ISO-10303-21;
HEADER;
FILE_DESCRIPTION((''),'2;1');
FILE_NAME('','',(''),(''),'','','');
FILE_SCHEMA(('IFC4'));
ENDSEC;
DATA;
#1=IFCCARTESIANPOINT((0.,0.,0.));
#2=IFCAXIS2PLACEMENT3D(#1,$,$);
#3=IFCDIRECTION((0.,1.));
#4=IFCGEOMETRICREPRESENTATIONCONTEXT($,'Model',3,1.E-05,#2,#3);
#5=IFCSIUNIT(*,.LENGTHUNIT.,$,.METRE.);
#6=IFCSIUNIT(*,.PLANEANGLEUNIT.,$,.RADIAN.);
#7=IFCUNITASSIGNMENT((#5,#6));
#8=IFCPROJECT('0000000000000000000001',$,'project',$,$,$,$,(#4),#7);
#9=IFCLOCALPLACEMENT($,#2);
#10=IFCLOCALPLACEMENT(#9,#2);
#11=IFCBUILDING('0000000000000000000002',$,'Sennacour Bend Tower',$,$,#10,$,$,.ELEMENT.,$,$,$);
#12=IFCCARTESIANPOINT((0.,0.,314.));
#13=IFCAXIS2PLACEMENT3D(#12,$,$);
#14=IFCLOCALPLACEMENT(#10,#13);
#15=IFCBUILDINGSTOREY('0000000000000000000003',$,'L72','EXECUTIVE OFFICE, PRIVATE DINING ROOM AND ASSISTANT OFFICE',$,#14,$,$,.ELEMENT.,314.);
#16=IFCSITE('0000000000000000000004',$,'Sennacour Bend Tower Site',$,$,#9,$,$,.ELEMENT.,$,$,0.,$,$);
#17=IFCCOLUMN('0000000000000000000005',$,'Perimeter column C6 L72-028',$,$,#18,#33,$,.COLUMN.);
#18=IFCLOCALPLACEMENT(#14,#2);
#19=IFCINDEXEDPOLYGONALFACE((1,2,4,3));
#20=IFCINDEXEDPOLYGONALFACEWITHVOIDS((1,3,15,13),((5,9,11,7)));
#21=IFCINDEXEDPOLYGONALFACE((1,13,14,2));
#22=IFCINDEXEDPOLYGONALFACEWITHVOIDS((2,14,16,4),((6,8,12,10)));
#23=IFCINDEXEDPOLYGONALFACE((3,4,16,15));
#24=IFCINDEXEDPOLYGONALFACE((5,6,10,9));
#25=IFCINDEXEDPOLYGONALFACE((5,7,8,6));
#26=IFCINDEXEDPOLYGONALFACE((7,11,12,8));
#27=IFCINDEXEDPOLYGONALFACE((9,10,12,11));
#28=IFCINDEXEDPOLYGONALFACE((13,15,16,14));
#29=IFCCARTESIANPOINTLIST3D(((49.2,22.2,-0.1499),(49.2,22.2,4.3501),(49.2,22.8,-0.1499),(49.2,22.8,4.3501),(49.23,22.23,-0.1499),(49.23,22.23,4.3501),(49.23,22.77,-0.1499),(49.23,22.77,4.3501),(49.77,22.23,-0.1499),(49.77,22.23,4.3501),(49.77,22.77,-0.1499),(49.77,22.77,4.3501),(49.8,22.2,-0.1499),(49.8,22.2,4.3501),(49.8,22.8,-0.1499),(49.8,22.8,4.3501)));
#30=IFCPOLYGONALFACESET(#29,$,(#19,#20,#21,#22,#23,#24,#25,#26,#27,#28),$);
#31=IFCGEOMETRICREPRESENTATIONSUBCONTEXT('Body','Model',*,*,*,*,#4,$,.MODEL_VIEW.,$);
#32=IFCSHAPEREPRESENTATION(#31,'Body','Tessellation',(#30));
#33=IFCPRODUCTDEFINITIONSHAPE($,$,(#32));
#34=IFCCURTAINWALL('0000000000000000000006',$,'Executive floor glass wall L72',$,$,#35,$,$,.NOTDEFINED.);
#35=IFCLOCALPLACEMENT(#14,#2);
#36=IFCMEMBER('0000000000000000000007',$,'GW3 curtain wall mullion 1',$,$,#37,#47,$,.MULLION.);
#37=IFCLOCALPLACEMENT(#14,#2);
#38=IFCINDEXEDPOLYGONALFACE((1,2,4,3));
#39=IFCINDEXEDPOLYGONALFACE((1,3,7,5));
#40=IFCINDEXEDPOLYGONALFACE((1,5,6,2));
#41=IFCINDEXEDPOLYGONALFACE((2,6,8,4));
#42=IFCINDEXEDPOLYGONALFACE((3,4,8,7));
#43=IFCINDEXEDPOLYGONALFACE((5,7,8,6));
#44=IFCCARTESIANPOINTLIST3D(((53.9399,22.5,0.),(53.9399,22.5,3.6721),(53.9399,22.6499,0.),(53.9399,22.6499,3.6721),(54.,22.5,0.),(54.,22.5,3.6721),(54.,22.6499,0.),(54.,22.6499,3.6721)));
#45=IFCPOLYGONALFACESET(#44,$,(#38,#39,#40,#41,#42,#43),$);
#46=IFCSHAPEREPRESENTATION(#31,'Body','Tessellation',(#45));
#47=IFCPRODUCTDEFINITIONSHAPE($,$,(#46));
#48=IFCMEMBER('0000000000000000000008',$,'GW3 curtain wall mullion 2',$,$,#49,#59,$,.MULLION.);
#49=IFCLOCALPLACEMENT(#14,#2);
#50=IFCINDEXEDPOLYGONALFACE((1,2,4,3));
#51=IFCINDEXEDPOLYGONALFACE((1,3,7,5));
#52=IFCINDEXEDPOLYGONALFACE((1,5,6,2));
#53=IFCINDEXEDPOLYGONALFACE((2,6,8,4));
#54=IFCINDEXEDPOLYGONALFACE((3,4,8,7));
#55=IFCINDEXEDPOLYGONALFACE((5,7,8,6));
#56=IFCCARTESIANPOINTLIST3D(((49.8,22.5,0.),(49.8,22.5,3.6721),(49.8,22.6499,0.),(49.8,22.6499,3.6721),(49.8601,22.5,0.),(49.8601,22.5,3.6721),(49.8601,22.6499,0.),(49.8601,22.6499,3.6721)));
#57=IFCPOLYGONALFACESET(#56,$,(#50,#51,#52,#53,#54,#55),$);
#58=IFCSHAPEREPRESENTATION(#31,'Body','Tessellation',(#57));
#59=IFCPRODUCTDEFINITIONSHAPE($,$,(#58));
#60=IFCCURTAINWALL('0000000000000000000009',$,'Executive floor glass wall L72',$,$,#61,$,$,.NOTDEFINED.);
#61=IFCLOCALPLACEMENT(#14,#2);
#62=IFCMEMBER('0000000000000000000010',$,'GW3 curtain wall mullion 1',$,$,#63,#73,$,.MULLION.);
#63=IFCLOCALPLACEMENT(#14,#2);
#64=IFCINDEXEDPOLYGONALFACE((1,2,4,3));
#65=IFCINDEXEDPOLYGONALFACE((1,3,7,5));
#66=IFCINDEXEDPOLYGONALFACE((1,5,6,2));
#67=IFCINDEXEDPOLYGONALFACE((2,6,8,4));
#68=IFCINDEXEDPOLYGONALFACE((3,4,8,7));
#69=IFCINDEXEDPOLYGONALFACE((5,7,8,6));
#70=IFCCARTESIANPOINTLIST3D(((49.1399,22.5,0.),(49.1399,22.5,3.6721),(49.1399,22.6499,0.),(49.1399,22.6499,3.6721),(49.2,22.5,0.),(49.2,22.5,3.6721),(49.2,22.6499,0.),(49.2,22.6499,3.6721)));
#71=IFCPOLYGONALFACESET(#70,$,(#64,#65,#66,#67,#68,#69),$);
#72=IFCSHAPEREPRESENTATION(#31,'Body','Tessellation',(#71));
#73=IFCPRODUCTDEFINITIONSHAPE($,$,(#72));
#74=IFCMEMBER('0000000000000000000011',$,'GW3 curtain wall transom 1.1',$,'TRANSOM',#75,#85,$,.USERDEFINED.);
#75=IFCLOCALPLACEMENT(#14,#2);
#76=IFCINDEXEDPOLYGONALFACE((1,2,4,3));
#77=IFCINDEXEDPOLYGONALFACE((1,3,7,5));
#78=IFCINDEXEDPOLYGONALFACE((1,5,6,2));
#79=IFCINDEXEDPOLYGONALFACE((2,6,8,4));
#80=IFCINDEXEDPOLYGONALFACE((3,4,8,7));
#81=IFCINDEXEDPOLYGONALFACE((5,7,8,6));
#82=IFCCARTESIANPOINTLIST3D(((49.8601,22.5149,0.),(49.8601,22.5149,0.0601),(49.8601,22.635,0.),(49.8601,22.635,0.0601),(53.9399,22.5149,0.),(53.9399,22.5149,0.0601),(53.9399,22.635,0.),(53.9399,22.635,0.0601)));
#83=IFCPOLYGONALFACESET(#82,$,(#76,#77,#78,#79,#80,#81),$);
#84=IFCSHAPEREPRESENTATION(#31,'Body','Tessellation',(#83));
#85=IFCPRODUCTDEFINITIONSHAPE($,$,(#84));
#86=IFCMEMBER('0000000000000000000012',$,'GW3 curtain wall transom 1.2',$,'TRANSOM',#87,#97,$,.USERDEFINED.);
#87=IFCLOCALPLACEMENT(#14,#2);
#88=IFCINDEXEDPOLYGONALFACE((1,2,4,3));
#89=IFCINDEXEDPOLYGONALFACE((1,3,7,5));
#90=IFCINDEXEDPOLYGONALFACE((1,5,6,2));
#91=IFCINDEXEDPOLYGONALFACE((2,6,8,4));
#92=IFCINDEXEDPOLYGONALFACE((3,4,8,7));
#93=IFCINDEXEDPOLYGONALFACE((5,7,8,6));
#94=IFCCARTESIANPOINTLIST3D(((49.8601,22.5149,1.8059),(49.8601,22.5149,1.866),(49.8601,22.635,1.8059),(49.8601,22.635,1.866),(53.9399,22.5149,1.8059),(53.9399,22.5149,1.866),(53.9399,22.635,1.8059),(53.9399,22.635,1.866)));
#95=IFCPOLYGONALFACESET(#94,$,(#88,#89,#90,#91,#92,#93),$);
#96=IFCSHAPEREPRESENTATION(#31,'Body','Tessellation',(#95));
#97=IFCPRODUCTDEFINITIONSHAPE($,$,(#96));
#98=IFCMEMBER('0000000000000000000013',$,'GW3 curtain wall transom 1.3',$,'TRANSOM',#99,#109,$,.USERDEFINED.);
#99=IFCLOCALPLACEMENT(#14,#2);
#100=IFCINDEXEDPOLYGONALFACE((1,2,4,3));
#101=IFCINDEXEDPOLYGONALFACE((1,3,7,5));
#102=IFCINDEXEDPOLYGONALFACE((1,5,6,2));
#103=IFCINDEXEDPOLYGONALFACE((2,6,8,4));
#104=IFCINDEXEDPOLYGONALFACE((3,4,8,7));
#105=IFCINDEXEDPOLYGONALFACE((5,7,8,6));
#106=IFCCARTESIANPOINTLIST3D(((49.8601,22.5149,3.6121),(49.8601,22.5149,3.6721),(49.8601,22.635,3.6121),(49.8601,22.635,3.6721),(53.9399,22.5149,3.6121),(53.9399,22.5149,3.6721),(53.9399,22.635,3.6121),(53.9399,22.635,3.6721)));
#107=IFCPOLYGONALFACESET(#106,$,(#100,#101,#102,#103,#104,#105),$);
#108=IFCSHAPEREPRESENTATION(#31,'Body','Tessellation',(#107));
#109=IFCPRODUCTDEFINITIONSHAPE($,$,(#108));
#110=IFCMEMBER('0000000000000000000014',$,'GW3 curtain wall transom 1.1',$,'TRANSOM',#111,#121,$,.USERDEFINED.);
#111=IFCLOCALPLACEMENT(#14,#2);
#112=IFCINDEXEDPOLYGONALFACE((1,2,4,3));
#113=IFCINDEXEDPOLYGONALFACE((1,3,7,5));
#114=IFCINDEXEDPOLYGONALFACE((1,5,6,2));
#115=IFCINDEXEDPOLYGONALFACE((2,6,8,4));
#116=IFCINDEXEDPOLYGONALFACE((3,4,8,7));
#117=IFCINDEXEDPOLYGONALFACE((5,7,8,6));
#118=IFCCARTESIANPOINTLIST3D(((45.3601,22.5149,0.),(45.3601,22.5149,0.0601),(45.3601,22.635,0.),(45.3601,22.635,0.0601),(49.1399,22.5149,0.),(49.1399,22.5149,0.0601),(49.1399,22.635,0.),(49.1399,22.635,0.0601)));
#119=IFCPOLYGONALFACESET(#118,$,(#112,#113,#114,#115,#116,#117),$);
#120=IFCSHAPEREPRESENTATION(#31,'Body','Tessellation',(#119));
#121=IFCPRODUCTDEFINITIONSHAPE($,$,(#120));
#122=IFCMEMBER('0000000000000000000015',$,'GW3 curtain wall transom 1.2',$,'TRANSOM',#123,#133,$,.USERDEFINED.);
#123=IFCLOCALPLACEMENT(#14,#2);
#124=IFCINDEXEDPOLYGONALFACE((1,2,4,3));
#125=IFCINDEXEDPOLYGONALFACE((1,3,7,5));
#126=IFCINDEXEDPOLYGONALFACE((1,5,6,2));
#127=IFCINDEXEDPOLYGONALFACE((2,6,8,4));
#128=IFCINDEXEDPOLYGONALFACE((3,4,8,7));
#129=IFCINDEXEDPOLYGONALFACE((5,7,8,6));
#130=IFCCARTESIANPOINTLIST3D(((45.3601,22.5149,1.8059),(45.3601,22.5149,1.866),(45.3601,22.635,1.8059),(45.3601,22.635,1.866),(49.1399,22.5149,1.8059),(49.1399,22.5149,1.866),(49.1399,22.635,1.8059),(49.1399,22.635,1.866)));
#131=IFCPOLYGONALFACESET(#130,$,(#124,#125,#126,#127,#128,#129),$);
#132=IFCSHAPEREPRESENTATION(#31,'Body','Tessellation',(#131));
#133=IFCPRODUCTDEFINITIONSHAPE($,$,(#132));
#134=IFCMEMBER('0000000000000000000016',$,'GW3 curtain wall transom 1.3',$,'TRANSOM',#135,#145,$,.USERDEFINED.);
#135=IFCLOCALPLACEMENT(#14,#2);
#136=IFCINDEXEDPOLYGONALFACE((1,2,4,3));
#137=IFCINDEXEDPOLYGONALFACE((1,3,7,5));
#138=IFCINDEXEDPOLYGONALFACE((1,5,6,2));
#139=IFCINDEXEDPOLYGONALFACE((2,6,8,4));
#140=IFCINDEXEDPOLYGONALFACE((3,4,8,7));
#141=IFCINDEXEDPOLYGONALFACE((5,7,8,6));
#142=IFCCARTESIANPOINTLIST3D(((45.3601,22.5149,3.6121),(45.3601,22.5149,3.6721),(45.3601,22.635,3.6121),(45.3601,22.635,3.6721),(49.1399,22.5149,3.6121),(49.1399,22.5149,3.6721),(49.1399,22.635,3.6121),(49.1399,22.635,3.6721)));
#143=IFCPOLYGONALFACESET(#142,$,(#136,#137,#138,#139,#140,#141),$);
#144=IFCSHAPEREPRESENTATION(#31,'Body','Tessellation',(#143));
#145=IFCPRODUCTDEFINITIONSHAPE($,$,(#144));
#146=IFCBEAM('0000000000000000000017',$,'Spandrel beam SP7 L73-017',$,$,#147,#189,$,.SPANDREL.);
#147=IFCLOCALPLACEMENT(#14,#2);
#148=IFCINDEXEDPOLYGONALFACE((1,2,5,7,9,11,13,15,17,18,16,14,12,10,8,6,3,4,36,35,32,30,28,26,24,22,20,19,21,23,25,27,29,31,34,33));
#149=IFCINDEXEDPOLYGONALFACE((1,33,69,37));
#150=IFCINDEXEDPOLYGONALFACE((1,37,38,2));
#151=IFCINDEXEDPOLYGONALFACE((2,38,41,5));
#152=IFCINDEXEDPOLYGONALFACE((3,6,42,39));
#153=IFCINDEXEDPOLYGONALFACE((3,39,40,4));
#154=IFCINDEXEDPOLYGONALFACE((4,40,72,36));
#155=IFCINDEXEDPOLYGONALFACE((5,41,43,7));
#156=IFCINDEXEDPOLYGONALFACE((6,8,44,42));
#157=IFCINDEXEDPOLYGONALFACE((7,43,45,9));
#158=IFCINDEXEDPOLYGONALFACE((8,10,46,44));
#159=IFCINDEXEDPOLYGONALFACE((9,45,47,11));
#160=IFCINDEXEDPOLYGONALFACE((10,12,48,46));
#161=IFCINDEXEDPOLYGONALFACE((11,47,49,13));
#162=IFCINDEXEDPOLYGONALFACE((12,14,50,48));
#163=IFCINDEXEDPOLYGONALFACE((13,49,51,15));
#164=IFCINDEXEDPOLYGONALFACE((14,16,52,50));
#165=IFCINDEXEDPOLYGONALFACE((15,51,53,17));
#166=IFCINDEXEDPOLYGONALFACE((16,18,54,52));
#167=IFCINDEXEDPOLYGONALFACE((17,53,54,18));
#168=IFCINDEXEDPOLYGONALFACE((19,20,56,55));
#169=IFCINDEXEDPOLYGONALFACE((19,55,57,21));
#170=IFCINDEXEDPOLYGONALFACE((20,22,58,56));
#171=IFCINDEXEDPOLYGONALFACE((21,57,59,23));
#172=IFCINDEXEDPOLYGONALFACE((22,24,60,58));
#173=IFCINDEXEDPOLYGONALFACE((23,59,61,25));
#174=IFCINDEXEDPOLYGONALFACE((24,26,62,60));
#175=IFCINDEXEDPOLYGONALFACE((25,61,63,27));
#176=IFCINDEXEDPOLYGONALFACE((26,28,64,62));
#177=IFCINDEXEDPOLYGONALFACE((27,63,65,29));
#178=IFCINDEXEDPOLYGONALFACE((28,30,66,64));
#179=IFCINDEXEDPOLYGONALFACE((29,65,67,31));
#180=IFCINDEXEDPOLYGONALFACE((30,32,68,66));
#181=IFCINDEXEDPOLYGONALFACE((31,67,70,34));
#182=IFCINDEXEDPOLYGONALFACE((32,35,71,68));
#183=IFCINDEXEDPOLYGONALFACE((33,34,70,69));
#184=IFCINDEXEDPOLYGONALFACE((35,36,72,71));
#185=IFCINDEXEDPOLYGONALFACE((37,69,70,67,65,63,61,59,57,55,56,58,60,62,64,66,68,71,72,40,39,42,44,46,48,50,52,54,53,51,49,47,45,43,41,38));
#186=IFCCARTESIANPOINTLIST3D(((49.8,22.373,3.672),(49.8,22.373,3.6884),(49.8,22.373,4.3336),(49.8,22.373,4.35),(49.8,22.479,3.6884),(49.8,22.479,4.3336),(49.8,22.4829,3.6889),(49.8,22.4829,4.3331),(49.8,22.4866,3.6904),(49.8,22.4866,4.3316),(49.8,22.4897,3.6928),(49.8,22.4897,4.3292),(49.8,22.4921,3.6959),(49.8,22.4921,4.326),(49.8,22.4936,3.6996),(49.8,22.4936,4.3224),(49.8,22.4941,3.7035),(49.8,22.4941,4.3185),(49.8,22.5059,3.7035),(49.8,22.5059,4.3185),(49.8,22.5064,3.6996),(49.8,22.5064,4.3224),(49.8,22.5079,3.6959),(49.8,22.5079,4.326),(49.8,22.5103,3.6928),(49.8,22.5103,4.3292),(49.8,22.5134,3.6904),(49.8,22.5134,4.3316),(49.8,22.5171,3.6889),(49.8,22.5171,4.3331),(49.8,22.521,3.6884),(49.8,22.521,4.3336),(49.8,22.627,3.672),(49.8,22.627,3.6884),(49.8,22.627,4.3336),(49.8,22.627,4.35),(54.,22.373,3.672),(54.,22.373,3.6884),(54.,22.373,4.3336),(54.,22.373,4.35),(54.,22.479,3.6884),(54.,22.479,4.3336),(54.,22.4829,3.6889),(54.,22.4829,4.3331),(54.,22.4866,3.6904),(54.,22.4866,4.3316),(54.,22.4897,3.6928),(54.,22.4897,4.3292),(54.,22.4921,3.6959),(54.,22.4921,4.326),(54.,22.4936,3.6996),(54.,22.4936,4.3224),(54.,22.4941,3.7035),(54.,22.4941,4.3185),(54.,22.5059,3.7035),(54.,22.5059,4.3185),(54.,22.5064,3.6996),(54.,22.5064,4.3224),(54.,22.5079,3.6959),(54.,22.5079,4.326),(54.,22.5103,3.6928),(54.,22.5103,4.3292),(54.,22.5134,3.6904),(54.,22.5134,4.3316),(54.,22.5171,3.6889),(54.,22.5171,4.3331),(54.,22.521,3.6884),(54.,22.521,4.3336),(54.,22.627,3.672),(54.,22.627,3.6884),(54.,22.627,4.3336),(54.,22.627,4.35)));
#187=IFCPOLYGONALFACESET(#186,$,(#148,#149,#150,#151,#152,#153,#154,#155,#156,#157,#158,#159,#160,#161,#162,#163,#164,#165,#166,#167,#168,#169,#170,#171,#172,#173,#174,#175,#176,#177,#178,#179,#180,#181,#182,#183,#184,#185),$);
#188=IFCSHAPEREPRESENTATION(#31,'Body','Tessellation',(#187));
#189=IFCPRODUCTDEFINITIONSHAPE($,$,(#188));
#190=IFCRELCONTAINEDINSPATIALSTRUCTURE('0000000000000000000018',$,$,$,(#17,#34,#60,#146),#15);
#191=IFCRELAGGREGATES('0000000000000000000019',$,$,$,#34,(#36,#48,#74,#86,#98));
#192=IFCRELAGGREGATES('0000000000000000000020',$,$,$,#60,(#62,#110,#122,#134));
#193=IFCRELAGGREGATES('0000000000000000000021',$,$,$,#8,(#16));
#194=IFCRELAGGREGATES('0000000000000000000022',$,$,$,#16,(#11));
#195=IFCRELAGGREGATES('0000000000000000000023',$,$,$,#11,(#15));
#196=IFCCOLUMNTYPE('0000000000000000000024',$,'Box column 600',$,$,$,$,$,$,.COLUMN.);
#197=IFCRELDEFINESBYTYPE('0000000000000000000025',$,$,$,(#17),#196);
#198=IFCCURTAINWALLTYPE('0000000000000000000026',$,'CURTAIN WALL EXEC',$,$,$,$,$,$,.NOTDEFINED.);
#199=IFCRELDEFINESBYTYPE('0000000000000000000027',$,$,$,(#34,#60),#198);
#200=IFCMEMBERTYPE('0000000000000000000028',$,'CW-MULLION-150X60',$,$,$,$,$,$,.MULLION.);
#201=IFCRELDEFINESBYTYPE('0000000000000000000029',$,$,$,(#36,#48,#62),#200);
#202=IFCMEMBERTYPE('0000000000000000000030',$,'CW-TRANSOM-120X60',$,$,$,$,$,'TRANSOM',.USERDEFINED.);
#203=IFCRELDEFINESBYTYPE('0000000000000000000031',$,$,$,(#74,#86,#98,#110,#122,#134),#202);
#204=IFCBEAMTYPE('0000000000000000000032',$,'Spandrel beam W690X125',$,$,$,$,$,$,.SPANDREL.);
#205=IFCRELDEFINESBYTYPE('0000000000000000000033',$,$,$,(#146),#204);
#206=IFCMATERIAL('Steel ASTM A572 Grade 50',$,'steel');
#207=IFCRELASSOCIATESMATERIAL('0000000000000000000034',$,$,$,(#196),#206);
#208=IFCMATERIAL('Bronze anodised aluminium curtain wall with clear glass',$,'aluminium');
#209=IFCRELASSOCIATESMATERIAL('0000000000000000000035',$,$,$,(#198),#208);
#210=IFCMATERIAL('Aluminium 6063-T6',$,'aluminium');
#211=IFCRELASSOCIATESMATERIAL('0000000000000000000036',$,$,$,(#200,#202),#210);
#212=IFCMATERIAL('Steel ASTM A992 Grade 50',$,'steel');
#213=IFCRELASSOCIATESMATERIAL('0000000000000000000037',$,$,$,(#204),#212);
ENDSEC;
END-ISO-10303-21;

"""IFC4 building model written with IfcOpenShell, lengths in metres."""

from ifc_helpers import new_model, si_unit, direction, frame, origin, origin_2d, place, context, subcontext, project, spatial, rectangle, hollow_rectangle, i_section, extrude, material, material_profile, profile_set, type_object, element, aggregate, save


model = new_model("IFC4")

# Units and contexts
model_context = context("Model", 3, precision=1e-05, world=origin(), true_north=direction((0.0, 1.0)))
body_context = subcontext(model_context, "Body", "Model", "MODEL_VIEW")
ifc_project = project(units=[si_unit("LENGTHUNIT", "METRE"), si_unit("PLANEANGLEUNIT", "RADIAN")], contexts=[model_context])

# Site, building, storey
site_placement = place(None, origin())
site = spatial("IfcSite", under=ifc_project, at=site_placement, Name="Sennacour Bend Tower Site", CompositionType="ELEMENT", RefElevation=0.0)
building_placement = place(site_placement, origin())
building = spatial("IfcBuilding", under=site, at=building_placement, Name="Sennacour Bend Tower", CompositionType="ELEMENT")
storey_placement = place(building_placement, frame((0.0, 0.0, 314.0)))
storey = spatial("IfcBuildingStorey", under=building, at=storey_placement, Name="L72", Description="EXECUTIVE OFFICE, PRIVATE DINING ROOM AND ASSISTANT OFFICE", CompositionType="ELEMENT", Elevation=314.0)

# Column
ifc_material_1 = material(Name="Steel ASTM A572 Grade 50", Category="steel")
ifc_material_profile_1 = material_profile(ifc_material_1, hollow_rectangle(XDim=0.6001, YDim=0.6001, WallThickness=0.03, at=origin_2d()), Name="Steel ASTM A572 Grade 50", Category="steel")
ifc_profile_set_1 = profile_set([ifc_material_profile_1], Name="Steel ASTM A572 Grade 50")
column_type = type_object("IfcColumnType", Name="Box column 600", PredefinedType="COLUMN", material=ifc_profile_set_1)
column_placement = place(storey_placement, frame((49.5, 22.5, -0.1499), z_axis=(0.0, 0.0, 1.0), x_axis=(1.0, 0.0, 0.0)))
element("IfcColumn", 1, at=column_placement, inside=storey, type_object=column_type, Name="Perimeter column C6 L72-028", PredefinedType="COLUMN", context=body_context, shape_type="SweptSolid", body=[
    extrude(hollow_rectangle(XDim=0.6001, YDim=0.6001, WallThickness=0.03, at=origin_2d()), origin(), (0.0, 0.0, 1.0), 4.5),
])

# Curtain wall, members
ifc_material_2 = material(Name="Bronze anodised aluminium curtain wall with clear glass", Category="aluminium")
curtain_wall_type = type_object("IfcCurtainWallType", Name="CURTAIN WALL EXEC", PredefinedType="NOTDEFINED", material=ifc_material_2)
curtain_wall_1_placement = place(storey_placement, origin())
curtain_wall_1 = element("IfcCurtainWall", 2, at=curtain_wall_1_placement, inside=storey, type_object=curtain_wall_type, Name="Executive floor glass wall L72", PredefinedType="NOTDEFINED")
ifc_material_3 = material(Name="Aluminium 6063-T6", Category="aluminium")
ifc_material_profile_2 = material_profile(ifc_material_3, rectangle(XDim=0.1499, YDim=0.0601, at=origin_2d()), Name="Aluminium 6063-T6", Category="aluminium")
ifc_profile_set_2 = profile_set([ifc_material_profile_2], Name="Aluminium 6063-T6")
member_type_1 = type_object("IfcMemberType", Name="CW-MULLION-150X60", PredefinedType="MULLION", material=ifc_profile_set_2)
member_1_placement = place(storey_placement, frame((53.97, 22.575, 0.0), z_axis=(0.0, 0.0, 1.0), x_axis=(0.0, -1.0, 0.0)))
member_1 = element("IfcMember", 3, at=member_1_placement, type_object=member_type_1, Name="GW3 curtain wall mullion 1", PredefinedType="MULLION", context=body_context, shape_type="SweptSolid", body=[
    extrude(rectangle(XDim=0.1499, YDim=0.0601, at=origin_2d()), origin(), (0.0, 0.0, 1.0), 3.6721),
])
member_2_placement = place(storey_placement, frame((49.8301, 22.575, 0.0), z_axis=(0.0, 0.0, 1.0), x_axis=(0.0, -1.0, 0.0)))
member_2 = element("IfcMember", 4, at=member_2_placement, type_object=member_type_1, Name="GW3 curtain wall mullion 2", PredefinedType="MULLION", context=body_context, shape_type="SweptSolid", body=[
    extrude(rectangle(XDim=0.1499, YDim=0.0601, at=origin_2d()), origin(), (0.0, 0.0, 1.0), 3.6721),
])

# Curtain wall, member
curtain_wall_2_placement = place(storey_placement, origin())
curtain_wall_2 = element("IfcCurtainWall", 5, at=curtain_wall_2_placement, inside=storey, type_object=curtain_wall_type, Name="Executive floor glass wall L72", PredefinedType="NOTDEFINED")
member_3_placement = place(storey_placement, frame((49.1699, 22.575, 0.0), z_axis=(0.0, 0.0, 1.0), x_axis=(0.0, -1.0, 0.0)))
member_3 = element("IfcMember", 6, at=member_3_placement, type_object=member_type_1, Name="GW3 curtain wall mullion 1", PredefinedType="MULLION", context=body_context, shape_type="SweptSolid", body=[
    extrude(rectangle(XDim=0.1499, YDim=0.0601, at=origin_2d()), origin(), (0.0, 0.0, 1.0), 3.6721),
])

# Members
ifc_material_profile_3 = material_profile(ifc_material_3, rectangle(XDim=0.1201, YDim=0.0601, at=origin_2d()), Name="Aluminium 6063-T6", Category="aluminium")
ifc_profile_set_3 = profile_set([ifc_material_profile_3], Name="Aluminium 6063-T6")
member_type_2 = type_object("IfcMemberType", Name="CW-TRANSOM-120X60", ElementType="TRANSOM", PredefinedType="USERDEFINED", material=ifc_profile_set_3)
member_4_placement = place(storey_placement, frame((53.9399, 22.575, 0.03), z_axis=(-1.0, 0.0, 0.0), x_axis=(0.0, -1.0, 0.0)))
member_4 = element("IfcMember", 7, at=member_4_placement, type_object=member_type_2, Name="GW3 curtain wall transom 1.1", ObjectType="TRANSOM", PredefinedType="USERDEFINED", context=body_context, shape_type="SweptSolid", body=[
    extrude(rectangle(XDim=0.1201, YDim=0.0601, at=origin_2d()), origin(), (0.0, 0.0, 1.0), 4.0798),
])
member_5_placement = place(storey_placement, frame((53.9399, 22.575, 1.8359), z_axis=(-1.0, 0.0, 0.0), x_axis=(0.0, -1.0, 0.0)))
member_5 = element("IfcMember", 8, at=member_5_placement, type_object=member_type_2, Name="GW3 curtain wall transom 1.2", ObjectType="TRANSOM", PredefinedType="USERDEFINED", context=body_context, shape_type="SweptSolid", body=[
    extrude(rectangle(XDim=0.1201, YDim=0.0601, at=origin_2d()), origin(), (0.0, 0.0, 1.0), 4.0798),
])
member_6_placement = place(storey_placement, frame((53.9399, 22.575, 3.6421), z_axis=(-1.0, 0.0, 0.0), x_axis=(0.0, -1.0, 0.0)))
member_6 = element("IfcMember", 9, at=member_6_placement, type_object=member_type_2, Name="GW3 curtain wall transom 1.3", ObjectType="TRANSOM", PredefinedType="USERDEFINED", context=body_context, shape_type="SweptSolid", body=[
    extrude(rectangle(XDim=0.1201, YDim=0.0601, at=origin_2d()), origin(), (0.0, 0.0, 1.0), 4.0798),
])
member_7_placement = place(storey_placement, frame((49.1399, 22.575, 0.03), z_axis=(-1.0, 0.0, 0.0), x_axis=(0.0, -1.0, 0.0)))
member_7 = element("IfcMember", 10, at=member_7_placement, type_object=member_type_2, Name="GW3 curtain wall transom 1.1", ObjectType="TRANSOM", PredefinedType="USERDEFINED", context=body_context, shape_type="SweptSolid", body=[
    extrude(rectangle(XDim=0.1201, YDim=0.0601, at=origin_2d()), origin(), (0.0, 0.0, 1.0), 3.7798),
])
member_8_placement = place(storey_placement, frame((49.1399, 22.575, 1.8359), z_axis=(-1.0, 0.0, 0.0), x_axis=(0.0, -1.0, 0.0)))
member_8 = element("IfcMember", 11, at=member_8_placement, type_object=member_type_2, Name="GW3 curtain wall transom 1.2", ObjectType="TRANSOM", PredefinedType="USERDEFINED", context=body_context, shape_type="SweptSolid", body=[
    extrude(rectangle(XDim=0.1201, YDim=0.0601, at=origin_2d()), origin(), (0.0, 0.0, 1.0), 3.7798),
])
member_9_placement = place(storey_placement, frame((49.1399, 22.575, 3.6421), z_axis=(-1.0, 0.0, 0.0), x_axis=(0.0, -1.0, 0.0)))
member_9 = element("IfcMember", 12, at=member_9_placement, type_object=member_type_2, Name="GW3 curtain wall transom 1.3", ObjectType="TRANSOM", PredefinedType="USERDEFINED", context=body_context, shape_type="SweptSolid", body=[
    extrude(rectangle(XDim=0.1201, YDim=0.0601, at=origin_2d()), origin(), (0.0, 0.0, 1.0), 3.7798),
])

# Beam
ifc_material_4 = material(Name="Steel ASTM A992 Grade 50", Category="steel")
ifc_material_profile_4 = material_profile(ifc_material_4, i_section(OverallWidth=0.2539, OverallDepth=0.678, WebThickness=0.0117, FlangeThickness=0.0164, FilletRadius=0.0151, at=origin_2d()), Name="Steel ASTM A992 Grade 50", Category="steel")
ifc_profile_set_4 = profile_set([ifc_material_profile_4], Name="Steel ASTM A992 Grade 50")
beam_type = type_object("IfcBeamType", Name="Spandrel beam W690X125", PredefinedType="SPANDREL", material=ifc_profile_set_4)
beam_placement = place(storey_placement, frame((49.8, 22.5, 4.011), z_axis=(1.0, 0.0, 0.0), x_axis=(0.0, 1.0, 0.0)))
element("IfcBeam", 13, at=beam_placement, inside=storey, type_object=beam_type, Name="Spandrel beam SP7 L73-017", PredefinedType="SPANDREL", context=body_context, shape_type="SweptSolid", body=[
    extrude(i_section(OverallWidth=0.2539, OverallDepth=0.678, WebThickness=0.0117, FlangeThickness=0.0164, FilletRadius=0.0151, at=origin_2d()), origin(), (0.0, 0.0, 1.0), 4.2),
])

aggregate(curtain_wall_1, [member_1, member_2, member_4, member_5, member_6])
aggregate(curtain_wall_2, [member_3, member_7, member_8, member_9])

save(model, "model.ifc")
